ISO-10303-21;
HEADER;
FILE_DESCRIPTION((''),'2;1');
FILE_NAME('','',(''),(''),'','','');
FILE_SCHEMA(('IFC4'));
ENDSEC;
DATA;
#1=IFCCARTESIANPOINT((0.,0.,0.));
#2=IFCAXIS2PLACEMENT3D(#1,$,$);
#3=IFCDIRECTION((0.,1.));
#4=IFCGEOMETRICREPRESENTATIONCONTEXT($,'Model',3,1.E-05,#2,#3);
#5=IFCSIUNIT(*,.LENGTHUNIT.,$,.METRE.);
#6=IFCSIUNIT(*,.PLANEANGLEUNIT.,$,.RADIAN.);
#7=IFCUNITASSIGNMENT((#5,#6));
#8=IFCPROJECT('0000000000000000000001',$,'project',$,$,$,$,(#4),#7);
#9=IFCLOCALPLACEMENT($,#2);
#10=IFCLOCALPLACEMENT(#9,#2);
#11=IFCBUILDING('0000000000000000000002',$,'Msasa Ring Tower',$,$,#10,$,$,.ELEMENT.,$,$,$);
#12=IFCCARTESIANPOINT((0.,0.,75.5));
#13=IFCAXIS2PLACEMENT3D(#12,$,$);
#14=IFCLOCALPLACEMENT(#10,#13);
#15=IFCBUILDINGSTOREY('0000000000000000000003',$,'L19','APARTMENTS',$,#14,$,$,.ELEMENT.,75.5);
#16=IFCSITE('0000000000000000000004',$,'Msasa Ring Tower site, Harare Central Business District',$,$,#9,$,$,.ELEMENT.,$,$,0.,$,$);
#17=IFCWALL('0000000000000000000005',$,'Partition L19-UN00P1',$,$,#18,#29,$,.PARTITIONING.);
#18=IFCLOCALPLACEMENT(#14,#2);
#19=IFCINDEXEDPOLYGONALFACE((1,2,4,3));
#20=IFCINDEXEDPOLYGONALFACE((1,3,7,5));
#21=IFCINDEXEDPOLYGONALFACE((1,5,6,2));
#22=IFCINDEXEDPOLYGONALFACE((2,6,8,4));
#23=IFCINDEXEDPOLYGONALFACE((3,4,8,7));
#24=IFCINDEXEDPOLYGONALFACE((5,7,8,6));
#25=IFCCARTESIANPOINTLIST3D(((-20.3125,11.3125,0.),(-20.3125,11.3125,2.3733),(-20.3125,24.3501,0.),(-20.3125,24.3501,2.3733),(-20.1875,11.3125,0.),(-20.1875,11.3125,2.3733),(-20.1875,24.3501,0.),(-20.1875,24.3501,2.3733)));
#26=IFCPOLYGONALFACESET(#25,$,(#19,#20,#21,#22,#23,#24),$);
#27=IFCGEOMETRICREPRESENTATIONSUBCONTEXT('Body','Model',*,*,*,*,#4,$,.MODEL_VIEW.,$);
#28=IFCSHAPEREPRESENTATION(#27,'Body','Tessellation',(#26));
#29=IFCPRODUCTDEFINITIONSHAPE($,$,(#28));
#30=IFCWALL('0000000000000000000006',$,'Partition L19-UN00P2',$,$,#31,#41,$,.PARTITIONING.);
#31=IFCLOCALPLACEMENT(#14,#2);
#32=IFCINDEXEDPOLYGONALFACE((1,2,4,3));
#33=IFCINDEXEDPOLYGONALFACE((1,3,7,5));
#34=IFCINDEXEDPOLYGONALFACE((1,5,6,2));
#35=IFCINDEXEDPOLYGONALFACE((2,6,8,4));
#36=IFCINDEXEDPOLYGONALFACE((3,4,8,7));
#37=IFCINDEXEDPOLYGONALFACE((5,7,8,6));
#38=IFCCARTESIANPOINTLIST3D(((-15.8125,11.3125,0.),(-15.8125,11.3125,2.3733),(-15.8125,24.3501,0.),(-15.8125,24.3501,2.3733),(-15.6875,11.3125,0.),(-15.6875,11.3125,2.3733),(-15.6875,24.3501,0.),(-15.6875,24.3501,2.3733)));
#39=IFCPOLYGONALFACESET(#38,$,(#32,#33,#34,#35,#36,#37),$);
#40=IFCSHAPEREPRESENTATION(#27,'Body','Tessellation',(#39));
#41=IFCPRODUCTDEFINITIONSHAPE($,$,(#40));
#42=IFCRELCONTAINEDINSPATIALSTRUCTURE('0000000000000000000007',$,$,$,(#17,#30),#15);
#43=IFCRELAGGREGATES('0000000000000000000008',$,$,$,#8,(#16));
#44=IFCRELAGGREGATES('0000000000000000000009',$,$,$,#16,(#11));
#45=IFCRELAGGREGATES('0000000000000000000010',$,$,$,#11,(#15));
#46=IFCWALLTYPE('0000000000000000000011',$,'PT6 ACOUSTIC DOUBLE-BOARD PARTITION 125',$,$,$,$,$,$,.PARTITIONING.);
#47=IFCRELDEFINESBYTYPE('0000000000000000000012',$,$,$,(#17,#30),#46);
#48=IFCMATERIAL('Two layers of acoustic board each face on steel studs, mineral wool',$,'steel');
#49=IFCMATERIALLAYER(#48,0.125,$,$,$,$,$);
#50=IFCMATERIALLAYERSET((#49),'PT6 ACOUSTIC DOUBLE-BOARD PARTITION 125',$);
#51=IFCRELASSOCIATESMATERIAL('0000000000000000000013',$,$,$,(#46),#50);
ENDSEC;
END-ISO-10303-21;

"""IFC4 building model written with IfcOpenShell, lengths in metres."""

from ifc_helpers import new_model, si_unit, direction, frame, frame_2d, origin, place, context, subcontext, project, spatial, rectangle, extrude, material, layer, layer_set, type_object, element, save


model = new_model("IFC4")

# Units and contexts
model_context = context("Model", 3, precision=1e-05, world=origin(), true_north=direction((0.0, 1.0)))
body_context = subcontext(model_context, "Body", "Model", "MODEL_VIEW")
ifc_project = project(units=[si_unit("LENGTHUNIT", "METRE"), si_unit("PLANEANGLEUNIT", "RADIAN")], contexts=[model_context])

# Site, building, storey
site_placement = place(None, origin())
site = spatial("IfcSite", under=ifc_project, at=site_placement, Name="Msasa Ring Tower site, Harare Central Business District", CompositionType="ELEMENT", RefElevation=0.0)
building_placement = place(site_placement, origin())
building = spatial("IfcBuilding", under=site, at=building_placement, Name="Msasa Ring Tower", CompositionType="ELEMENT")
storey_placement = place(building_placement, frame((0.0, 0.0, 75.5)))
storey = spatial("IfcBuildingStorey", under=building, at=storey_placement, Name="L19", Description="APARTMENTS", CompositionType="ELEMENT", Elevation=75.5)

# Walls
ifc_material_1 = material(Name="Two layers of acoustic board each face on steel studs, mineral wool", Category="steel")
ifc_layer_1 = layer(ifc_material_1, 0.125)
ifc_layer_set_1 = layer_set([ifc_layer_1], Name="PT6 ACOUSTIC DOUBLE-BOARD PARTITION 125")
wall_type_1 = type_object("IfcWallType", Name="PT6 ACOUSTIC DOUBLE-BOARD PARTITION 125", PredefinedType="PARTITIONING", material=ifc_layer_set_1)
for number, where, z_axis, x_axis, name in (
    (1, (-20.25, 11.3125, 0.0), (0.0, 0.0, 1.0), (0.0, 1.0, 0.0), "Partition L19-UN00P1"),
    (2, (-15.75, 11.3125, 0.0), (0.0, 0.0, 1.0), (0.0, 1.0, 0.0), "Partition L19-UN00P2"),
):
    element("IfcWall", number, at=place(storey_placement, frame(where, z_axis=z_axis, x_axis=x_axis)), inside=storey, type_object=wall_type_1, Name=name, PredefinedType="PARTITIONING", context=body_context, shape_type="SweptSolid", body=[
        extrude(rectangle(XDim=13.0376, YDim=0.125, at=frame_2d((6.5188, 0.0))), origin(), (0.0, 0.0, 1.0), 2.3733),
    ])

save(model, "model.ifc")
